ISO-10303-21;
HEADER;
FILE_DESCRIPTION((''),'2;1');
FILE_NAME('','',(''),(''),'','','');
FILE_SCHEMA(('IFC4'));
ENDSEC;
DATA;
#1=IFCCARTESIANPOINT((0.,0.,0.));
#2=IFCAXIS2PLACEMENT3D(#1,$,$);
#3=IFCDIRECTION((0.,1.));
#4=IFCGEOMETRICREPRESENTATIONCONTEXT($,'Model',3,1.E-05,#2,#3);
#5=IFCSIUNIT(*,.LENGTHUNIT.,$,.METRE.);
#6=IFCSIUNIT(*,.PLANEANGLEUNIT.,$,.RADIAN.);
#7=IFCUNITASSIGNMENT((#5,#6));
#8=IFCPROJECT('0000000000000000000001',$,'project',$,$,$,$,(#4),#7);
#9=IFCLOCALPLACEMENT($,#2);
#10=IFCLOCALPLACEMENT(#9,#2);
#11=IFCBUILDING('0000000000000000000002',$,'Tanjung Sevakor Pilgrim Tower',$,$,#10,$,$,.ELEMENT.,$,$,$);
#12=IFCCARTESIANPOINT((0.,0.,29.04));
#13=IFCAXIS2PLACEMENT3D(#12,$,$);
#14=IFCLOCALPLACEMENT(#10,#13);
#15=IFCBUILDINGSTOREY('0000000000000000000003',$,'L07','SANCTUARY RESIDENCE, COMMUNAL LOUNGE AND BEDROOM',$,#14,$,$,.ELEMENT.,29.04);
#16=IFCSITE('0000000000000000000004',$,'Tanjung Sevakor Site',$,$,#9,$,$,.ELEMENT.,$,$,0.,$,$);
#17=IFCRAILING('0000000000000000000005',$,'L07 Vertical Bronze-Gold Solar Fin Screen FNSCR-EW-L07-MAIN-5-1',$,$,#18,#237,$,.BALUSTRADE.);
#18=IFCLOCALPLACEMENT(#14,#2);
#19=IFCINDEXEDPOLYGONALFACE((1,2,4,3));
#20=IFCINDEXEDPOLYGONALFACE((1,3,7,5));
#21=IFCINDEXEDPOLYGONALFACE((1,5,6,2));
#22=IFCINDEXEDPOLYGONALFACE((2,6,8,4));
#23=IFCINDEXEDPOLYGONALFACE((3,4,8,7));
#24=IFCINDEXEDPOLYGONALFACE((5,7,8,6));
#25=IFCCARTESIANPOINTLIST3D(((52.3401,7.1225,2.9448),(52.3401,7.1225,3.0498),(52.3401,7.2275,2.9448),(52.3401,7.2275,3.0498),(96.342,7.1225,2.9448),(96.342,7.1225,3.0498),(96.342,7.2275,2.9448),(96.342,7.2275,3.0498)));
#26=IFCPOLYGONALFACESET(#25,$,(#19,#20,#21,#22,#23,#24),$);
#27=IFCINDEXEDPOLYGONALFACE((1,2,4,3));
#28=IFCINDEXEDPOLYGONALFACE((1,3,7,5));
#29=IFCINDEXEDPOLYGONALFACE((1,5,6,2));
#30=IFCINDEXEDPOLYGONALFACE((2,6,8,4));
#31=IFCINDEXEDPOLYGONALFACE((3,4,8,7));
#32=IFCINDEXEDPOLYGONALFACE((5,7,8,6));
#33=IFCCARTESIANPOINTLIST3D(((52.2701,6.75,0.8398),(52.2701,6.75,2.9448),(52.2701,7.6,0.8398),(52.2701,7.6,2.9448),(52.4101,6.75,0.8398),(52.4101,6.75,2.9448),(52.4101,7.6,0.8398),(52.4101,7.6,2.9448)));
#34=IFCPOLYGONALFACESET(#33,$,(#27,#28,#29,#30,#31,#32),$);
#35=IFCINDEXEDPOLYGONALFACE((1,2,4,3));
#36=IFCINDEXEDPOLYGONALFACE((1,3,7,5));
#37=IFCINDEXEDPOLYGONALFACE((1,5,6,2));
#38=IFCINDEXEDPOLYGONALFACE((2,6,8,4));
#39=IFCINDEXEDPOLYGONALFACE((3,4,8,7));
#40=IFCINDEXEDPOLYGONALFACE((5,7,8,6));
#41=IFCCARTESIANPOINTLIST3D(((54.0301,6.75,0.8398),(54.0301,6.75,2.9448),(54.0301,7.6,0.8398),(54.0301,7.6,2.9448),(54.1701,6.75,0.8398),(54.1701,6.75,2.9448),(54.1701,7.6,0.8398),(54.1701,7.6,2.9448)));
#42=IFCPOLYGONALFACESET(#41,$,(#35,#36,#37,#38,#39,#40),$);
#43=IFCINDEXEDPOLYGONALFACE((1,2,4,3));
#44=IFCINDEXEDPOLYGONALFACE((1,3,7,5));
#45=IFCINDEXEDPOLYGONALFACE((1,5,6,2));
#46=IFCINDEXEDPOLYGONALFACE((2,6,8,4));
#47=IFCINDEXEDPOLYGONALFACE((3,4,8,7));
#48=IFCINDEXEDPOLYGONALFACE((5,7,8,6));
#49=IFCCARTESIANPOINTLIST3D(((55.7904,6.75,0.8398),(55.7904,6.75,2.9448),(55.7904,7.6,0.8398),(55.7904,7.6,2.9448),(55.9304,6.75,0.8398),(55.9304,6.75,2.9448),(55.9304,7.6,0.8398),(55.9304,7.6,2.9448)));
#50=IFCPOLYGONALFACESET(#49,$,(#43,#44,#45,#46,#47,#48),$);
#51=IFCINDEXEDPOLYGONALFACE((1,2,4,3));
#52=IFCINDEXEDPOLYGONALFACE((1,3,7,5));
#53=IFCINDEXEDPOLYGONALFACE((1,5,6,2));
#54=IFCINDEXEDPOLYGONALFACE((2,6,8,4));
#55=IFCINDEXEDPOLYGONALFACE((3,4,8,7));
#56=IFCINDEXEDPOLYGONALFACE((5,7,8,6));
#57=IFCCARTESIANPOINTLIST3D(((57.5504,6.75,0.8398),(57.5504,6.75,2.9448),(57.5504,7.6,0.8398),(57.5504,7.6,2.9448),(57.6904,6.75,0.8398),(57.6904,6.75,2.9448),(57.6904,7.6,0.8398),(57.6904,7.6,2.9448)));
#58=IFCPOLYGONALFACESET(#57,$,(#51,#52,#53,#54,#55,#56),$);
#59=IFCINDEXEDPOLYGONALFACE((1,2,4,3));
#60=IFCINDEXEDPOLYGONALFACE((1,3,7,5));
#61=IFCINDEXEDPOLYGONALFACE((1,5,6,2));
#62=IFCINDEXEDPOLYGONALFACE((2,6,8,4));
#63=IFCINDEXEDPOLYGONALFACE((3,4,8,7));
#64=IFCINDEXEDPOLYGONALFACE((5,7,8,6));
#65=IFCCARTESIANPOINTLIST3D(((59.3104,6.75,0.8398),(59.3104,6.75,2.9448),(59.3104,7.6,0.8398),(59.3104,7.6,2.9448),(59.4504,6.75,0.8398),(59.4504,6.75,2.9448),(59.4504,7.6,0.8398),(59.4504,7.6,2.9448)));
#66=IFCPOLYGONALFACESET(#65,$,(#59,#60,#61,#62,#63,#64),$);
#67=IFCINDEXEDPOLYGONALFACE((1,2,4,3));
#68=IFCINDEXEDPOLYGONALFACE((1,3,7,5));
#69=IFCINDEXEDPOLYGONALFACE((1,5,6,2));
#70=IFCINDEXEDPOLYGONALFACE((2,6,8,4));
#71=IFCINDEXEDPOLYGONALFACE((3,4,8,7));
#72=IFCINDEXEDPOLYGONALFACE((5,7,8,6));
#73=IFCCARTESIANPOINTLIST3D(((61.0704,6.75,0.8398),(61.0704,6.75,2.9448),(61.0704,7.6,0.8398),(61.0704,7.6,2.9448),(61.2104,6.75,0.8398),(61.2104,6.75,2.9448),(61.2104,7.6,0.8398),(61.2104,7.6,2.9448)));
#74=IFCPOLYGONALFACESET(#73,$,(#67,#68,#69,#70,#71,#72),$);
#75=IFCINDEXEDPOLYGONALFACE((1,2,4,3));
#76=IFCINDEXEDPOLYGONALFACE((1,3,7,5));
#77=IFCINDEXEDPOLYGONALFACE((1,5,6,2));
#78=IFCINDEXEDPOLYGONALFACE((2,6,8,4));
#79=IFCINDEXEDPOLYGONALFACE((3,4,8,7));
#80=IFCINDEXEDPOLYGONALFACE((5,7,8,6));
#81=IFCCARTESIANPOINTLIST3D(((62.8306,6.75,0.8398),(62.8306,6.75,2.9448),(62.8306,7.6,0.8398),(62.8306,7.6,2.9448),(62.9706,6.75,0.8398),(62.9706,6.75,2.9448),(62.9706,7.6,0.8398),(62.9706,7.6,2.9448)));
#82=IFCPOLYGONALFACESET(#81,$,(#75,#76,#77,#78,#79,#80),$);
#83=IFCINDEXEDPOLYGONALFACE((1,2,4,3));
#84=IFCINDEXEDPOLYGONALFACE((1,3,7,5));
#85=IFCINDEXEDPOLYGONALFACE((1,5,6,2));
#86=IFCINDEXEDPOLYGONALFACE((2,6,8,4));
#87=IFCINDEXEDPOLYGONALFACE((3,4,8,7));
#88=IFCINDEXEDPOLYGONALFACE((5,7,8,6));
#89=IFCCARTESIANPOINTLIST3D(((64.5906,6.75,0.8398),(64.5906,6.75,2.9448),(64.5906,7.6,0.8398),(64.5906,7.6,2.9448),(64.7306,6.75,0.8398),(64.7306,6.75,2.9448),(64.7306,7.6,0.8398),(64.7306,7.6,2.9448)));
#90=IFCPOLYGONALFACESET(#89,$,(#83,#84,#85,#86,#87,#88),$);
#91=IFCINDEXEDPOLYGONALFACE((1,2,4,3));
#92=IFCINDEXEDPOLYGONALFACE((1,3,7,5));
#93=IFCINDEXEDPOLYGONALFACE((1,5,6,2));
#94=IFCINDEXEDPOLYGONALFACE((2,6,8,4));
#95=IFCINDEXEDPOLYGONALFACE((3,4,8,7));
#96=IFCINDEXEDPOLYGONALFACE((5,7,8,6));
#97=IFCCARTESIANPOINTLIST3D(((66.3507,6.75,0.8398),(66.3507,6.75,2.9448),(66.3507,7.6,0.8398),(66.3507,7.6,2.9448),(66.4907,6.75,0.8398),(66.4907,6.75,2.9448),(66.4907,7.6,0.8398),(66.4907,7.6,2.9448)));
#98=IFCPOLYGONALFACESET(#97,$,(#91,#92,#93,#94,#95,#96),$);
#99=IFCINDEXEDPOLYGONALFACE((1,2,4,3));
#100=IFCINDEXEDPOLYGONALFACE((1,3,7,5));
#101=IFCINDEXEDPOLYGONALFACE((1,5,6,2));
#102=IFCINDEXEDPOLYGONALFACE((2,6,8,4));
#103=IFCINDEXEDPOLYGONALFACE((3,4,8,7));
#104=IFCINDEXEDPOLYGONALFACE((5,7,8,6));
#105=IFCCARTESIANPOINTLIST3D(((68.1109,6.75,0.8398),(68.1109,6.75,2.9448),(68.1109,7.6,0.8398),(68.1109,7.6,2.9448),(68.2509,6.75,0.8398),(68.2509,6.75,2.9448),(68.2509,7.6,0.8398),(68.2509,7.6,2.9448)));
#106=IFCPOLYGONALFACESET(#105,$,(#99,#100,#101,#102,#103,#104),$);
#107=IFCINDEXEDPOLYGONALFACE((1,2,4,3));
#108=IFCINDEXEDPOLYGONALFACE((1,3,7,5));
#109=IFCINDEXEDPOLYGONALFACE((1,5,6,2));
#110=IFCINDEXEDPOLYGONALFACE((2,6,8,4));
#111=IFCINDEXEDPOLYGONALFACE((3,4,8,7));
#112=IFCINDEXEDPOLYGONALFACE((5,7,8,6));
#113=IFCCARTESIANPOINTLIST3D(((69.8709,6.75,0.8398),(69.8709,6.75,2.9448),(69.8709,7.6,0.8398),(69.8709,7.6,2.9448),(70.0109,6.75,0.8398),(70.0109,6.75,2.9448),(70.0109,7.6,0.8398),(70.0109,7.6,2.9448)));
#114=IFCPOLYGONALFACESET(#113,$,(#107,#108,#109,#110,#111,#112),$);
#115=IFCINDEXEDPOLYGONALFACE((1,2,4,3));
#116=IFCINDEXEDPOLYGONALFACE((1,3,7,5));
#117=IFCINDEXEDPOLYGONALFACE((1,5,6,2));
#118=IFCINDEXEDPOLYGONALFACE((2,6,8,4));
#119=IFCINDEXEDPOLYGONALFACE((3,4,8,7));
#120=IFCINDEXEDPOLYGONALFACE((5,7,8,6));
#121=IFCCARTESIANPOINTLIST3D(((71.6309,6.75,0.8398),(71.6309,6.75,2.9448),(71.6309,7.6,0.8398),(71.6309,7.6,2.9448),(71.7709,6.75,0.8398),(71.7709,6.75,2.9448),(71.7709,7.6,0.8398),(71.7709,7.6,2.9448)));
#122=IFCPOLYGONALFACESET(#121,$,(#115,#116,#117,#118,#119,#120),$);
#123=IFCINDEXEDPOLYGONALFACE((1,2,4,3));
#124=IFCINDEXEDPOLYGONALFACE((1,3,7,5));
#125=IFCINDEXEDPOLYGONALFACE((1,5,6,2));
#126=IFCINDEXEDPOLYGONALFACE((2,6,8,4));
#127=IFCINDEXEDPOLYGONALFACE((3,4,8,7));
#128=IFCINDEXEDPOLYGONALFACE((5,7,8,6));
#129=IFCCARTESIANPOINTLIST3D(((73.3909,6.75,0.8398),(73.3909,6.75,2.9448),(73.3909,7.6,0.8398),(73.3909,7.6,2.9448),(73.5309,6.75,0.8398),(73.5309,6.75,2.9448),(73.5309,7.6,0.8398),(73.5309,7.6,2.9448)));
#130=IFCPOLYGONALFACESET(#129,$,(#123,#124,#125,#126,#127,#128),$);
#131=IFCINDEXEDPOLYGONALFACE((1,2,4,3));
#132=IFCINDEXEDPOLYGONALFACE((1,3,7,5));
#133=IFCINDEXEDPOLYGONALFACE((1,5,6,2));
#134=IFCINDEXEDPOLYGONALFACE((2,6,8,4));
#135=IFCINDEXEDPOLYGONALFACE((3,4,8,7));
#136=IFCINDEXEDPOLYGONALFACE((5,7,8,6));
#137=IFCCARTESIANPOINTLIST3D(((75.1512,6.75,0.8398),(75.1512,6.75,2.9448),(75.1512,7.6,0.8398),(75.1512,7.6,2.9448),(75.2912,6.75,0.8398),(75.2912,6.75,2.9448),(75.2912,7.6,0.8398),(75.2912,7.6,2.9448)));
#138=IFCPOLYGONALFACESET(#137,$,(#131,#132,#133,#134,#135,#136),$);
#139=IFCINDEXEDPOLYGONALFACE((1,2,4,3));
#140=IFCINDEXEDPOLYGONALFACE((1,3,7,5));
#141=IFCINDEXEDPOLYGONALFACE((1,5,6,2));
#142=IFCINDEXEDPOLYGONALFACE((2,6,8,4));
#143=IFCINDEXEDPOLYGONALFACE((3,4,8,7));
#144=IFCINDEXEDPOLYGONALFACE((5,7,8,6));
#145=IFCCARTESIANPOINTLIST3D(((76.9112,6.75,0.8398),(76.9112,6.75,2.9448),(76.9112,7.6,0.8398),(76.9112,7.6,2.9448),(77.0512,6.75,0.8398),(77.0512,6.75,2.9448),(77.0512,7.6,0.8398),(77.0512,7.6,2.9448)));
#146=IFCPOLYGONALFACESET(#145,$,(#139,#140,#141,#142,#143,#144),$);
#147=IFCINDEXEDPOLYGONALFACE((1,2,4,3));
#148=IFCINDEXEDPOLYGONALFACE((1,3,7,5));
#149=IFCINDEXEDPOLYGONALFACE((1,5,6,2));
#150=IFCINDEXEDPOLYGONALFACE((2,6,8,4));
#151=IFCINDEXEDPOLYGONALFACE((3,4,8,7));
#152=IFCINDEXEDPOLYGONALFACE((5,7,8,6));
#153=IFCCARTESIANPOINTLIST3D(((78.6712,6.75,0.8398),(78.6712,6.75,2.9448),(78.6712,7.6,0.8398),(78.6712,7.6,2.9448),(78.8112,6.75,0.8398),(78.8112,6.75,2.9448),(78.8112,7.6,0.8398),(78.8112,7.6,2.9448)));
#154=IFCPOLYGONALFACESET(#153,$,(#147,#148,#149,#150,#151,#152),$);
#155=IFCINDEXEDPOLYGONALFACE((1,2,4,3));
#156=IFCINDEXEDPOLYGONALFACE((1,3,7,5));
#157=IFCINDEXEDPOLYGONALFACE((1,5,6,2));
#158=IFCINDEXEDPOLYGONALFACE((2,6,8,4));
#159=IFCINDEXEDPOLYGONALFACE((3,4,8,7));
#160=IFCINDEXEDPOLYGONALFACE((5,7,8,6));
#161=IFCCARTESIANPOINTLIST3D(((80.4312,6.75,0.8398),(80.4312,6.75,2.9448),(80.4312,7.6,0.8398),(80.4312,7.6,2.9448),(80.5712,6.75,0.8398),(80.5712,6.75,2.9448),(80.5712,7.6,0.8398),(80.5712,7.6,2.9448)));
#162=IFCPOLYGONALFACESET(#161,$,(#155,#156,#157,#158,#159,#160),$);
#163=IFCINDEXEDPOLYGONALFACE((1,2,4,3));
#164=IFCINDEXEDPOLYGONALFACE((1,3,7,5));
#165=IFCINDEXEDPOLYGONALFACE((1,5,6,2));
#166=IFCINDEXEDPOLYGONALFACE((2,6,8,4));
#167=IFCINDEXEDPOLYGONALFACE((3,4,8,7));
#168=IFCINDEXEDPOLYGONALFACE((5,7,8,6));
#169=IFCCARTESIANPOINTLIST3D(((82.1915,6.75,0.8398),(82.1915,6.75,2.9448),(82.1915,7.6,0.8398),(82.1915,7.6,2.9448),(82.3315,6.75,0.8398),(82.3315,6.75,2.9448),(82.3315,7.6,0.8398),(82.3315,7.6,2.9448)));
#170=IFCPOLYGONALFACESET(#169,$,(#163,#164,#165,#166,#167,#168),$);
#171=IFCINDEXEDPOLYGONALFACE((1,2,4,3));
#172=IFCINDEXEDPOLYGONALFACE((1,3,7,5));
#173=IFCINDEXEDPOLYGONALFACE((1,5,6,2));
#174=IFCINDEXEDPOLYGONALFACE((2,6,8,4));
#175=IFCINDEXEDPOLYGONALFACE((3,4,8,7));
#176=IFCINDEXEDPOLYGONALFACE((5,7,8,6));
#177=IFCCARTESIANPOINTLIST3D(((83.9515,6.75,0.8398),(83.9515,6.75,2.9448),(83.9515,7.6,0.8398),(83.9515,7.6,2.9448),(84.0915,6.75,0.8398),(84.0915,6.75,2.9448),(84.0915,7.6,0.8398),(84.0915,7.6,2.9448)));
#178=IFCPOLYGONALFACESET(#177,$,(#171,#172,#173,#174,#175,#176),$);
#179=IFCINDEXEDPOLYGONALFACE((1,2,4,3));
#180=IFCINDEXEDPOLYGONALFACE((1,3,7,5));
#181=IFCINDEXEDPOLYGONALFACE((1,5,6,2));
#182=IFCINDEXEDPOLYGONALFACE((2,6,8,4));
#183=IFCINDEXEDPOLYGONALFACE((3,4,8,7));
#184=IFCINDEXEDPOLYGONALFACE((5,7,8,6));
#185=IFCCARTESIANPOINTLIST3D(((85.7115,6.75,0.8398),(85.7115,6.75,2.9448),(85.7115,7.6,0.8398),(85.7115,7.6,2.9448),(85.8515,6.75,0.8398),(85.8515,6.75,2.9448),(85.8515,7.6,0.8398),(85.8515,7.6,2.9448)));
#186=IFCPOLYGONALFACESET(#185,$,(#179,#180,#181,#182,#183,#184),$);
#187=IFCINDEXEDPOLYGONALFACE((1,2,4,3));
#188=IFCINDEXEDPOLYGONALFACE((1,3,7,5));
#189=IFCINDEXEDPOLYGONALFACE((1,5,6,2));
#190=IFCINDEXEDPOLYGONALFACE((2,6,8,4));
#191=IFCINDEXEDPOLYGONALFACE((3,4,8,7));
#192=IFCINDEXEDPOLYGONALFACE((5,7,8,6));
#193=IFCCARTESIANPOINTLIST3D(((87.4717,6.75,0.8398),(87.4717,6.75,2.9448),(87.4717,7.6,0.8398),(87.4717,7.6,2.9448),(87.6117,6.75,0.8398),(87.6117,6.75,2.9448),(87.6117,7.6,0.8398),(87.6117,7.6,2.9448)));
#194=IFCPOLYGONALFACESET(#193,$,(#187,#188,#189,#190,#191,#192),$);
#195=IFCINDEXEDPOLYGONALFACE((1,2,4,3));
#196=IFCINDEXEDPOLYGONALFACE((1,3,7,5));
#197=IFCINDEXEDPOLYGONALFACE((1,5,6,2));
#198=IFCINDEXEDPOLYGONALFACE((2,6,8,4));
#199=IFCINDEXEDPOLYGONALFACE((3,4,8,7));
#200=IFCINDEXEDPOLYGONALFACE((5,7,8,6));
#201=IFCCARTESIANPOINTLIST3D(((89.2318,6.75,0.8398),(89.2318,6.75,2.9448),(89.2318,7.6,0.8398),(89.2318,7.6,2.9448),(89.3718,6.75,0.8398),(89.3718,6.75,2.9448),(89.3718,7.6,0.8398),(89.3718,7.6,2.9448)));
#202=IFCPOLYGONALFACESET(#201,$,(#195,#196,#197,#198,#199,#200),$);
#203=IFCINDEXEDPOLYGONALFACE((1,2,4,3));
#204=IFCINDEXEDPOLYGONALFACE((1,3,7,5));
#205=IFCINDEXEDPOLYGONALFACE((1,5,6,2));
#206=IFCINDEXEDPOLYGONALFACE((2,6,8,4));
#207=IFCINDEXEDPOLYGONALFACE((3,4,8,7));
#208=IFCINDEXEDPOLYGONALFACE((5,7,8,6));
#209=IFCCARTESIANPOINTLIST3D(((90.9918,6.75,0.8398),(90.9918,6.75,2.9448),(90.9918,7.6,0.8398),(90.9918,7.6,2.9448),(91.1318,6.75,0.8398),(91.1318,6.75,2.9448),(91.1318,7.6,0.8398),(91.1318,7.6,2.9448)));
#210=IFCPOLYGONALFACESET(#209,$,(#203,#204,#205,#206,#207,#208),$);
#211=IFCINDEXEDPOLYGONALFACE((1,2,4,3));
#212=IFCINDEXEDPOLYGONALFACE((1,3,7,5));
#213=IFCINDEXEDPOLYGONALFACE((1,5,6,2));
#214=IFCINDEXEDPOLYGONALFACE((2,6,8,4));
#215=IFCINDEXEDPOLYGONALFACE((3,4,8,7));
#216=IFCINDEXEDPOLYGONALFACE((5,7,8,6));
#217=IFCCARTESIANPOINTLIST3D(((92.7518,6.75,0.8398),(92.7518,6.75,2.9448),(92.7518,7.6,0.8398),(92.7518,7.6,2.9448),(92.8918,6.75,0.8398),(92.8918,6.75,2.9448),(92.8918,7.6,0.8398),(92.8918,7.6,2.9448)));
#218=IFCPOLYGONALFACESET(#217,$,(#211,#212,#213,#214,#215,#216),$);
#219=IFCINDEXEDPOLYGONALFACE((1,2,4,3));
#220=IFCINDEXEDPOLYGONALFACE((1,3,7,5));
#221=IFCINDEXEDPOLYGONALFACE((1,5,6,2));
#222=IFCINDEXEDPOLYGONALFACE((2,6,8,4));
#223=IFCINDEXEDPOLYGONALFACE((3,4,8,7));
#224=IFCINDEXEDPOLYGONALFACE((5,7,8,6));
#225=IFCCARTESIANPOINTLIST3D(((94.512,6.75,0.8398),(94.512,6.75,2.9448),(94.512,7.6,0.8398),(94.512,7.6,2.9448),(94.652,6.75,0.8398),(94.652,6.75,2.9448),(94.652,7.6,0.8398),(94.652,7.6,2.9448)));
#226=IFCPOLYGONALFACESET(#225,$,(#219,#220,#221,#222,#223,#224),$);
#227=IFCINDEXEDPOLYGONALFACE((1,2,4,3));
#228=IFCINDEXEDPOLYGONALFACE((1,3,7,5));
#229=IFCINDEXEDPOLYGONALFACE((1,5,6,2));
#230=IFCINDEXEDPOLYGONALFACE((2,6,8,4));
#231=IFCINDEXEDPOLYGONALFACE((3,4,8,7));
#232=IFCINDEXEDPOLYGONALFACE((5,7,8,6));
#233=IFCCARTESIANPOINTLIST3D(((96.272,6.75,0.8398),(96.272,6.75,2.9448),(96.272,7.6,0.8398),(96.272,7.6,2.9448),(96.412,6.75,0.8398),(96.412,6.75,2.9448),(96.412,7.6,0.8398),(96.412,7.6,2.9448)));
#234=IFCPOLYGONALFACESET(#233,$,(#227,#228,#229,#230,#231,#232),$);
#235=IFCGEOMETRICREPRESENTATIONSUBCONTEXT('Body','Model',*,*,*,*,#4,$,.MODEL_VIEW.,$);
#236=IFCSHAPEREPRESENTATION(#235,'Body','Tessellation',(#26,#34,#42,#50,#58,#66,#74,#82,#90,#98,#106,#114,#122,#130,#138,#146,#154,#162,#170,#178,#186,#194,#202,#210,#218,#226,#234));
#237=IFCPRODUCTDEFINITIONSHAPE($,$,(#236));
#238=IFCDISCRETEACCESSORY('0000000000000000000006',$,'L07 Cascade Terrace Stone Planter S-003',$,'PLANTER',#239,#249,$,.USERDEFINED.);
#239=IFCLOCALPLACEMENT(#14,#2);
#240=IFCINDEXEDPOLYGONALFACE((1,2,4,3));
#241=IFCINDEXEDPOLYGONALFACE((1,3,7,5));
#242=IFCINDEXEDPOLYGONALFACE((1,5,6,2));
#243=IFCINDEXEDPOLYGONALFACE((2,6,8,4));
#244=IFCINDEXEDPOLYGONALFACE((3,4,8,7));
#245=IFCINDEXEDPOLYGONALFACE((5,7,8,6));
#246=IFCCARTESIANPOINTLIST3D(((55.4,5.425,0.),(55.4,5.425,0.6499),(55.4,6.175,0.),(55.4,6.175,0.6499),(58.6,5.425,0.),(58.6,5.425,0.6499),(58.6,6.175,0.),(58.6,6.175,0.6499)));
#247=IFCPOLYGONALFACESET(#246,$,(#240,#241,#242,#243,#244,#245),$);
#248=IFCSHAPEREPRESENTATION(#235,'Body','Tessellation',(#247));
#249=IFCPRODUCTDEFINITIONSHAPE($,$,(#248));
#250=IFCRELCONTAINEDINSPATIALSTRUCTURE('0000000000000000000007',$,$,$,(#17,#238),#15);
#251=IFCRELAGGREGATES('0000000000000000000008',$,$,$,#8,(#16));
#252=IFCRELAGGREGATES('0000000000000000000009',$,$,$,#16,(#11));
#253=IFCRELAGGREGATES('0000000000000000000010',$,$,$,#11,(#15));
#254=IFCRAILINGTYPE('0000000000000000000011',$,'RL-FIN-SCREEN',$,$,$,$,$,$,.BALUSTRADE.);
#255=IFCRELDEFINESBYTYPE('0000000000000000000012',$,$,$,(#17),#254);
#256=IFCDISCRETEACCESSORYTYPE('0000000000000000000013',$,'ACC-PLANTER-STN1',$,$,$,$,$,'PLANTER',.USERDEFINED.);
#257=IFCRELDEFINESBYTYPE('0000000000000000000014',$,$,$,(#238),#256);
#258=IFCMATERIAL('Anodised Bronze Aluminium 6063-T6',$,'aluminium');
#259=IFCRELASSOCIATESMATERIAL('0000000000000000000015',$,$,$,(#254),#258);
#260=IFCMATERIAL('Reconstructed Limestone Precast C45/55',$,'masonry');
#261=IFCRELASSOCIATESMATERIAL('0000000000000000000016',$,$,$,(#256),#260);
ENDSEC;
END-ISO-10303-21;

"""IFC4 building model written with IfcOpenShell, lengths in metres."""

from ifc_helpers import new_model, si_unit, direction, frame, origin, origin_2d, place, context, subcontext, project, spatial, rectangle, extrude, material, type_object, element, save


model = new_model("IFC4")

# Units and contexts
model_context = context("Model", 3, precision=1e-05, world=origin(), true_north=direction((0.0, 1.0)))
body_context = subcontext(model_context, "Body", "Model", "MODEL_VIEW")
ifc_project = project(units=[si_unit("LENGTHUNIT", "METRE"), si_unit("PLANEANGLEUNIT", "RADIAN")], contexts=[model_context])

# Site, building, storey
site_placement = place(None, origin())
site = spatial("IfcSite", under=ifc_project, at=site_placement, Name="Tanjung Sevakor Site", CompositionType="ELEMENT", RefElevation=0.0)
building_placement = place(site_placement, origin())
building = spatial("IfcBuilding", under=site, at=building_placement, Name="Tanjung Sevakor Pilgrim Tower", CompositionType="ELEMENT")
storey_placement = place(building_placement, frame((0.0, 0.0, 29.04)))
storey = spatial("IfcBuildingStorey", under=building, at=storey_placement, Name="L07", Description="SANCTUARY RESIDENCE, COMMUNAL LOUNGE AND BEDROOM", CompositionType="ELEMENT", Elevation=29.04)

# Railing
ifc_material_1 = material(Name="Anodised Bronze Aluminium 6063-T6", Category="aluminium")
railing_type = type_object("IfcRailingType", Name="RL-FIN-SCREEN", PredefinedType="BALUSTRADE", material=ifc_material_1)
railing_placement = place(storey_placement, frame((52.3401, 7.175, 0.8398)))
element("IfcRailing", 1, at=railing_placement, inside=storey, type_object=railing_type, Name="L07 Vertical Bronze-Gold Solar Fin Screen FNSCR-EW-L07-MAIN-5-1", PredefinedType="BALUSTRADE", context=body_context, shape_type="SweptSolid", body=[
    extrude(rectangle(XDim=0.105, YDim=0.105), frame((0.0, 0.0, 2.1575), z_axis=(1.0, 0.0, 0.0), x_axis=(0.0, 1.0, 0.0)), (0.0, 0.0, 1.0), 44.002),
    extrude(rectangle(XDim=0.14, YDim=0.85), origin(), (0.0, 0.0, 1.0), 2.105),
    extrude(rectangle(XDim=0.14, YDim=0.85), frame((1.76, 0.0, 0.0)), (0.0, 0.0, 1.0), 2.105),
    extrude(rectangle(XDim=0.14, YDim=0.85), frame((3.5203, 0.0, 0.0)), (0.0, 0.0, 1.0), 2.105),
    extrude(rectangle(XDim=0.14, YDim=0.85), frame((5.2803, 0.0, 0.0)), (0.0, 0.0, 1.0), 2.105),
    extrude(rectangle(XDim=0.14, YDim=0.85), frame((7.0403, 0.0, 0.0)), (0.0, 0.0, 1.0), 2.105),
    extrude(rectangle(XDim=0.14, YDim=0.85), frame((8.8003, 0.0, 0.0)), (0.0, 0.0, 1.0), 2.105),
    extrude(rectangle(XDim=0.14, YDim=0.85), frame((10.5605, 0.0, 0.0)), (0.0, 0.0, 1.0), 2.105),
    extrude(rectangle(XDim=0.14, YDim=0.85), frame((12.3206, 0.0, 0.0)), (0.0, 0.0, 1.0), 2.105),
    extrude(rectangle(XDim=0.14, YDim=0.85), frame((14.0806, 0.0, 0.0)), (0.0, 0.0, 1.0), 2.105),
    extrude(rectangle(XDim=0.14, YDim=0.85), frame((15.8408, 0.0, 0.0)), (0.0, 0.0, 1.0), 2.105),
    extrude(rectangle(XDim=0.14, YDim=0.85), frame((17.6008, 0.0, 0.0)), (0.0, 0.0, 1.0), 2.105),
    extrude(rectangle(XDim=0.14, YDim=0.85), frame((19.3608, 0.0, 0.0)), (0.0, 0.0, 1.0), 2.105),
    extrude(rectangle(XDim=0.14, YDim=0.85), frame((21.1208, 0.0, 0.0)), (0.0, 0.0, 1.0), 2.105),
    extrude(rectangle(XDim=0.14, YDim=0.85), frame((22.8811, 0.0, 0.0)), (0.0, 0.0, 1.0), 2.105),
    extrude(rectangle(XDim=0.14, YDim=0.85), frame((24.6411, 0.0, 0.0)), (0.0, 0.0, 1.0), 2.105),
    extrude(rectangle(XDim=0.14, YDim=0.85), frame((26.4011, 0.0, 0.0)), (0.0, 0.0, 1.0), 2.105),
    extrude(rectangle(XDim=0.14, YDim=0.85), frame((28.1611, 0.0, 0.0)), (0.0, 0.0, 1.0), 2.105),
    extrude(rectangle(XDim=0.14, YDim=0.85), frame((29.9214, 0.0, 0.0)), (0.0, 0.0, 1.0), 2.105),
    extrude(rectangle(XDim=0.14, YDim=0.85), frame((31.6814, 0.0, 0.0)), (0.0, 0.0, 1.0), 2.105),
    extrude(rectangle(XDim=0.14, YDim=0.85), frame((33.4414, 0.0, 0.0)), (0.0, 0.0, 1.0), 2.105),
    extrude(rectangle(XDim=0.14, YDim=0.85), frame((35.2017, 0.0, 0.0)), (0.0, 0.0, 1.0), 2.105),
    extrude(rectangle(XDim=0.14, YDim=0.85), frame((36.9617, 0.0, 0.0)), (0.0, 0.0, 1.0), 2.105),
    extrude(rectangle(XDim=0.14, YDim=0.85), frame((38.7217, 0.0, 0.0)), (0.0, 0.0, 1.0), 2.105),
    extrude(rectangle(XDim=0.14, YDim=0.85), frame((40.4817, 0.0, 0.0)), (0.0, 0.0, 1.0), 2.105),
    extrude(rectangle(XDim=0.14, YDim=0.85), frame((42.2419, 0.0, 0.0)), (0.0, 0.0, 1.0), 2.105),
    extrude(rectangle(XDim=0.14, YDim=0.85), frame((44.002, 0.0, 0.0)), (0.0, 0.0, 1.0), 2.105),
])

# Discrete accessory
ifc_material_2 = material(Name="Reconstructed Limestone Precast C45/55", Category="masonry")
discrete_accessory_type = type_object("IfcDiscreteAccessoryType", Name="ACC-PLANTER-STN1", ElementType="PLANTER", PredefinedType="USERDEFINED", material=ifc_material_2)
discrete_accessory_placement = place(storey_placement, frame((57.0, 5.8, 0.0), z_axis=(0.0, 0.0, 1.0), x_axis=(1.0, 0.0, 0.0)))
element("IfcDiscreteAccessory", 2, at=discrete_accessory_placement, inside=storey, type_object=discrete_accessory_type, Name="L07 Cascade Terrace Stone Planter S-003", ObjectType="PLANTER", PredefinedType="USERDEFINED", context=body_context, shape_type="SweptSolid", body=[
    extrude(rectangle(XDim=3.2, YDim=0.75, at=origin_2d()), origin(), (0.0, 0.0, 1.0), 0.6499),
])

save(model, "model.ifc")
